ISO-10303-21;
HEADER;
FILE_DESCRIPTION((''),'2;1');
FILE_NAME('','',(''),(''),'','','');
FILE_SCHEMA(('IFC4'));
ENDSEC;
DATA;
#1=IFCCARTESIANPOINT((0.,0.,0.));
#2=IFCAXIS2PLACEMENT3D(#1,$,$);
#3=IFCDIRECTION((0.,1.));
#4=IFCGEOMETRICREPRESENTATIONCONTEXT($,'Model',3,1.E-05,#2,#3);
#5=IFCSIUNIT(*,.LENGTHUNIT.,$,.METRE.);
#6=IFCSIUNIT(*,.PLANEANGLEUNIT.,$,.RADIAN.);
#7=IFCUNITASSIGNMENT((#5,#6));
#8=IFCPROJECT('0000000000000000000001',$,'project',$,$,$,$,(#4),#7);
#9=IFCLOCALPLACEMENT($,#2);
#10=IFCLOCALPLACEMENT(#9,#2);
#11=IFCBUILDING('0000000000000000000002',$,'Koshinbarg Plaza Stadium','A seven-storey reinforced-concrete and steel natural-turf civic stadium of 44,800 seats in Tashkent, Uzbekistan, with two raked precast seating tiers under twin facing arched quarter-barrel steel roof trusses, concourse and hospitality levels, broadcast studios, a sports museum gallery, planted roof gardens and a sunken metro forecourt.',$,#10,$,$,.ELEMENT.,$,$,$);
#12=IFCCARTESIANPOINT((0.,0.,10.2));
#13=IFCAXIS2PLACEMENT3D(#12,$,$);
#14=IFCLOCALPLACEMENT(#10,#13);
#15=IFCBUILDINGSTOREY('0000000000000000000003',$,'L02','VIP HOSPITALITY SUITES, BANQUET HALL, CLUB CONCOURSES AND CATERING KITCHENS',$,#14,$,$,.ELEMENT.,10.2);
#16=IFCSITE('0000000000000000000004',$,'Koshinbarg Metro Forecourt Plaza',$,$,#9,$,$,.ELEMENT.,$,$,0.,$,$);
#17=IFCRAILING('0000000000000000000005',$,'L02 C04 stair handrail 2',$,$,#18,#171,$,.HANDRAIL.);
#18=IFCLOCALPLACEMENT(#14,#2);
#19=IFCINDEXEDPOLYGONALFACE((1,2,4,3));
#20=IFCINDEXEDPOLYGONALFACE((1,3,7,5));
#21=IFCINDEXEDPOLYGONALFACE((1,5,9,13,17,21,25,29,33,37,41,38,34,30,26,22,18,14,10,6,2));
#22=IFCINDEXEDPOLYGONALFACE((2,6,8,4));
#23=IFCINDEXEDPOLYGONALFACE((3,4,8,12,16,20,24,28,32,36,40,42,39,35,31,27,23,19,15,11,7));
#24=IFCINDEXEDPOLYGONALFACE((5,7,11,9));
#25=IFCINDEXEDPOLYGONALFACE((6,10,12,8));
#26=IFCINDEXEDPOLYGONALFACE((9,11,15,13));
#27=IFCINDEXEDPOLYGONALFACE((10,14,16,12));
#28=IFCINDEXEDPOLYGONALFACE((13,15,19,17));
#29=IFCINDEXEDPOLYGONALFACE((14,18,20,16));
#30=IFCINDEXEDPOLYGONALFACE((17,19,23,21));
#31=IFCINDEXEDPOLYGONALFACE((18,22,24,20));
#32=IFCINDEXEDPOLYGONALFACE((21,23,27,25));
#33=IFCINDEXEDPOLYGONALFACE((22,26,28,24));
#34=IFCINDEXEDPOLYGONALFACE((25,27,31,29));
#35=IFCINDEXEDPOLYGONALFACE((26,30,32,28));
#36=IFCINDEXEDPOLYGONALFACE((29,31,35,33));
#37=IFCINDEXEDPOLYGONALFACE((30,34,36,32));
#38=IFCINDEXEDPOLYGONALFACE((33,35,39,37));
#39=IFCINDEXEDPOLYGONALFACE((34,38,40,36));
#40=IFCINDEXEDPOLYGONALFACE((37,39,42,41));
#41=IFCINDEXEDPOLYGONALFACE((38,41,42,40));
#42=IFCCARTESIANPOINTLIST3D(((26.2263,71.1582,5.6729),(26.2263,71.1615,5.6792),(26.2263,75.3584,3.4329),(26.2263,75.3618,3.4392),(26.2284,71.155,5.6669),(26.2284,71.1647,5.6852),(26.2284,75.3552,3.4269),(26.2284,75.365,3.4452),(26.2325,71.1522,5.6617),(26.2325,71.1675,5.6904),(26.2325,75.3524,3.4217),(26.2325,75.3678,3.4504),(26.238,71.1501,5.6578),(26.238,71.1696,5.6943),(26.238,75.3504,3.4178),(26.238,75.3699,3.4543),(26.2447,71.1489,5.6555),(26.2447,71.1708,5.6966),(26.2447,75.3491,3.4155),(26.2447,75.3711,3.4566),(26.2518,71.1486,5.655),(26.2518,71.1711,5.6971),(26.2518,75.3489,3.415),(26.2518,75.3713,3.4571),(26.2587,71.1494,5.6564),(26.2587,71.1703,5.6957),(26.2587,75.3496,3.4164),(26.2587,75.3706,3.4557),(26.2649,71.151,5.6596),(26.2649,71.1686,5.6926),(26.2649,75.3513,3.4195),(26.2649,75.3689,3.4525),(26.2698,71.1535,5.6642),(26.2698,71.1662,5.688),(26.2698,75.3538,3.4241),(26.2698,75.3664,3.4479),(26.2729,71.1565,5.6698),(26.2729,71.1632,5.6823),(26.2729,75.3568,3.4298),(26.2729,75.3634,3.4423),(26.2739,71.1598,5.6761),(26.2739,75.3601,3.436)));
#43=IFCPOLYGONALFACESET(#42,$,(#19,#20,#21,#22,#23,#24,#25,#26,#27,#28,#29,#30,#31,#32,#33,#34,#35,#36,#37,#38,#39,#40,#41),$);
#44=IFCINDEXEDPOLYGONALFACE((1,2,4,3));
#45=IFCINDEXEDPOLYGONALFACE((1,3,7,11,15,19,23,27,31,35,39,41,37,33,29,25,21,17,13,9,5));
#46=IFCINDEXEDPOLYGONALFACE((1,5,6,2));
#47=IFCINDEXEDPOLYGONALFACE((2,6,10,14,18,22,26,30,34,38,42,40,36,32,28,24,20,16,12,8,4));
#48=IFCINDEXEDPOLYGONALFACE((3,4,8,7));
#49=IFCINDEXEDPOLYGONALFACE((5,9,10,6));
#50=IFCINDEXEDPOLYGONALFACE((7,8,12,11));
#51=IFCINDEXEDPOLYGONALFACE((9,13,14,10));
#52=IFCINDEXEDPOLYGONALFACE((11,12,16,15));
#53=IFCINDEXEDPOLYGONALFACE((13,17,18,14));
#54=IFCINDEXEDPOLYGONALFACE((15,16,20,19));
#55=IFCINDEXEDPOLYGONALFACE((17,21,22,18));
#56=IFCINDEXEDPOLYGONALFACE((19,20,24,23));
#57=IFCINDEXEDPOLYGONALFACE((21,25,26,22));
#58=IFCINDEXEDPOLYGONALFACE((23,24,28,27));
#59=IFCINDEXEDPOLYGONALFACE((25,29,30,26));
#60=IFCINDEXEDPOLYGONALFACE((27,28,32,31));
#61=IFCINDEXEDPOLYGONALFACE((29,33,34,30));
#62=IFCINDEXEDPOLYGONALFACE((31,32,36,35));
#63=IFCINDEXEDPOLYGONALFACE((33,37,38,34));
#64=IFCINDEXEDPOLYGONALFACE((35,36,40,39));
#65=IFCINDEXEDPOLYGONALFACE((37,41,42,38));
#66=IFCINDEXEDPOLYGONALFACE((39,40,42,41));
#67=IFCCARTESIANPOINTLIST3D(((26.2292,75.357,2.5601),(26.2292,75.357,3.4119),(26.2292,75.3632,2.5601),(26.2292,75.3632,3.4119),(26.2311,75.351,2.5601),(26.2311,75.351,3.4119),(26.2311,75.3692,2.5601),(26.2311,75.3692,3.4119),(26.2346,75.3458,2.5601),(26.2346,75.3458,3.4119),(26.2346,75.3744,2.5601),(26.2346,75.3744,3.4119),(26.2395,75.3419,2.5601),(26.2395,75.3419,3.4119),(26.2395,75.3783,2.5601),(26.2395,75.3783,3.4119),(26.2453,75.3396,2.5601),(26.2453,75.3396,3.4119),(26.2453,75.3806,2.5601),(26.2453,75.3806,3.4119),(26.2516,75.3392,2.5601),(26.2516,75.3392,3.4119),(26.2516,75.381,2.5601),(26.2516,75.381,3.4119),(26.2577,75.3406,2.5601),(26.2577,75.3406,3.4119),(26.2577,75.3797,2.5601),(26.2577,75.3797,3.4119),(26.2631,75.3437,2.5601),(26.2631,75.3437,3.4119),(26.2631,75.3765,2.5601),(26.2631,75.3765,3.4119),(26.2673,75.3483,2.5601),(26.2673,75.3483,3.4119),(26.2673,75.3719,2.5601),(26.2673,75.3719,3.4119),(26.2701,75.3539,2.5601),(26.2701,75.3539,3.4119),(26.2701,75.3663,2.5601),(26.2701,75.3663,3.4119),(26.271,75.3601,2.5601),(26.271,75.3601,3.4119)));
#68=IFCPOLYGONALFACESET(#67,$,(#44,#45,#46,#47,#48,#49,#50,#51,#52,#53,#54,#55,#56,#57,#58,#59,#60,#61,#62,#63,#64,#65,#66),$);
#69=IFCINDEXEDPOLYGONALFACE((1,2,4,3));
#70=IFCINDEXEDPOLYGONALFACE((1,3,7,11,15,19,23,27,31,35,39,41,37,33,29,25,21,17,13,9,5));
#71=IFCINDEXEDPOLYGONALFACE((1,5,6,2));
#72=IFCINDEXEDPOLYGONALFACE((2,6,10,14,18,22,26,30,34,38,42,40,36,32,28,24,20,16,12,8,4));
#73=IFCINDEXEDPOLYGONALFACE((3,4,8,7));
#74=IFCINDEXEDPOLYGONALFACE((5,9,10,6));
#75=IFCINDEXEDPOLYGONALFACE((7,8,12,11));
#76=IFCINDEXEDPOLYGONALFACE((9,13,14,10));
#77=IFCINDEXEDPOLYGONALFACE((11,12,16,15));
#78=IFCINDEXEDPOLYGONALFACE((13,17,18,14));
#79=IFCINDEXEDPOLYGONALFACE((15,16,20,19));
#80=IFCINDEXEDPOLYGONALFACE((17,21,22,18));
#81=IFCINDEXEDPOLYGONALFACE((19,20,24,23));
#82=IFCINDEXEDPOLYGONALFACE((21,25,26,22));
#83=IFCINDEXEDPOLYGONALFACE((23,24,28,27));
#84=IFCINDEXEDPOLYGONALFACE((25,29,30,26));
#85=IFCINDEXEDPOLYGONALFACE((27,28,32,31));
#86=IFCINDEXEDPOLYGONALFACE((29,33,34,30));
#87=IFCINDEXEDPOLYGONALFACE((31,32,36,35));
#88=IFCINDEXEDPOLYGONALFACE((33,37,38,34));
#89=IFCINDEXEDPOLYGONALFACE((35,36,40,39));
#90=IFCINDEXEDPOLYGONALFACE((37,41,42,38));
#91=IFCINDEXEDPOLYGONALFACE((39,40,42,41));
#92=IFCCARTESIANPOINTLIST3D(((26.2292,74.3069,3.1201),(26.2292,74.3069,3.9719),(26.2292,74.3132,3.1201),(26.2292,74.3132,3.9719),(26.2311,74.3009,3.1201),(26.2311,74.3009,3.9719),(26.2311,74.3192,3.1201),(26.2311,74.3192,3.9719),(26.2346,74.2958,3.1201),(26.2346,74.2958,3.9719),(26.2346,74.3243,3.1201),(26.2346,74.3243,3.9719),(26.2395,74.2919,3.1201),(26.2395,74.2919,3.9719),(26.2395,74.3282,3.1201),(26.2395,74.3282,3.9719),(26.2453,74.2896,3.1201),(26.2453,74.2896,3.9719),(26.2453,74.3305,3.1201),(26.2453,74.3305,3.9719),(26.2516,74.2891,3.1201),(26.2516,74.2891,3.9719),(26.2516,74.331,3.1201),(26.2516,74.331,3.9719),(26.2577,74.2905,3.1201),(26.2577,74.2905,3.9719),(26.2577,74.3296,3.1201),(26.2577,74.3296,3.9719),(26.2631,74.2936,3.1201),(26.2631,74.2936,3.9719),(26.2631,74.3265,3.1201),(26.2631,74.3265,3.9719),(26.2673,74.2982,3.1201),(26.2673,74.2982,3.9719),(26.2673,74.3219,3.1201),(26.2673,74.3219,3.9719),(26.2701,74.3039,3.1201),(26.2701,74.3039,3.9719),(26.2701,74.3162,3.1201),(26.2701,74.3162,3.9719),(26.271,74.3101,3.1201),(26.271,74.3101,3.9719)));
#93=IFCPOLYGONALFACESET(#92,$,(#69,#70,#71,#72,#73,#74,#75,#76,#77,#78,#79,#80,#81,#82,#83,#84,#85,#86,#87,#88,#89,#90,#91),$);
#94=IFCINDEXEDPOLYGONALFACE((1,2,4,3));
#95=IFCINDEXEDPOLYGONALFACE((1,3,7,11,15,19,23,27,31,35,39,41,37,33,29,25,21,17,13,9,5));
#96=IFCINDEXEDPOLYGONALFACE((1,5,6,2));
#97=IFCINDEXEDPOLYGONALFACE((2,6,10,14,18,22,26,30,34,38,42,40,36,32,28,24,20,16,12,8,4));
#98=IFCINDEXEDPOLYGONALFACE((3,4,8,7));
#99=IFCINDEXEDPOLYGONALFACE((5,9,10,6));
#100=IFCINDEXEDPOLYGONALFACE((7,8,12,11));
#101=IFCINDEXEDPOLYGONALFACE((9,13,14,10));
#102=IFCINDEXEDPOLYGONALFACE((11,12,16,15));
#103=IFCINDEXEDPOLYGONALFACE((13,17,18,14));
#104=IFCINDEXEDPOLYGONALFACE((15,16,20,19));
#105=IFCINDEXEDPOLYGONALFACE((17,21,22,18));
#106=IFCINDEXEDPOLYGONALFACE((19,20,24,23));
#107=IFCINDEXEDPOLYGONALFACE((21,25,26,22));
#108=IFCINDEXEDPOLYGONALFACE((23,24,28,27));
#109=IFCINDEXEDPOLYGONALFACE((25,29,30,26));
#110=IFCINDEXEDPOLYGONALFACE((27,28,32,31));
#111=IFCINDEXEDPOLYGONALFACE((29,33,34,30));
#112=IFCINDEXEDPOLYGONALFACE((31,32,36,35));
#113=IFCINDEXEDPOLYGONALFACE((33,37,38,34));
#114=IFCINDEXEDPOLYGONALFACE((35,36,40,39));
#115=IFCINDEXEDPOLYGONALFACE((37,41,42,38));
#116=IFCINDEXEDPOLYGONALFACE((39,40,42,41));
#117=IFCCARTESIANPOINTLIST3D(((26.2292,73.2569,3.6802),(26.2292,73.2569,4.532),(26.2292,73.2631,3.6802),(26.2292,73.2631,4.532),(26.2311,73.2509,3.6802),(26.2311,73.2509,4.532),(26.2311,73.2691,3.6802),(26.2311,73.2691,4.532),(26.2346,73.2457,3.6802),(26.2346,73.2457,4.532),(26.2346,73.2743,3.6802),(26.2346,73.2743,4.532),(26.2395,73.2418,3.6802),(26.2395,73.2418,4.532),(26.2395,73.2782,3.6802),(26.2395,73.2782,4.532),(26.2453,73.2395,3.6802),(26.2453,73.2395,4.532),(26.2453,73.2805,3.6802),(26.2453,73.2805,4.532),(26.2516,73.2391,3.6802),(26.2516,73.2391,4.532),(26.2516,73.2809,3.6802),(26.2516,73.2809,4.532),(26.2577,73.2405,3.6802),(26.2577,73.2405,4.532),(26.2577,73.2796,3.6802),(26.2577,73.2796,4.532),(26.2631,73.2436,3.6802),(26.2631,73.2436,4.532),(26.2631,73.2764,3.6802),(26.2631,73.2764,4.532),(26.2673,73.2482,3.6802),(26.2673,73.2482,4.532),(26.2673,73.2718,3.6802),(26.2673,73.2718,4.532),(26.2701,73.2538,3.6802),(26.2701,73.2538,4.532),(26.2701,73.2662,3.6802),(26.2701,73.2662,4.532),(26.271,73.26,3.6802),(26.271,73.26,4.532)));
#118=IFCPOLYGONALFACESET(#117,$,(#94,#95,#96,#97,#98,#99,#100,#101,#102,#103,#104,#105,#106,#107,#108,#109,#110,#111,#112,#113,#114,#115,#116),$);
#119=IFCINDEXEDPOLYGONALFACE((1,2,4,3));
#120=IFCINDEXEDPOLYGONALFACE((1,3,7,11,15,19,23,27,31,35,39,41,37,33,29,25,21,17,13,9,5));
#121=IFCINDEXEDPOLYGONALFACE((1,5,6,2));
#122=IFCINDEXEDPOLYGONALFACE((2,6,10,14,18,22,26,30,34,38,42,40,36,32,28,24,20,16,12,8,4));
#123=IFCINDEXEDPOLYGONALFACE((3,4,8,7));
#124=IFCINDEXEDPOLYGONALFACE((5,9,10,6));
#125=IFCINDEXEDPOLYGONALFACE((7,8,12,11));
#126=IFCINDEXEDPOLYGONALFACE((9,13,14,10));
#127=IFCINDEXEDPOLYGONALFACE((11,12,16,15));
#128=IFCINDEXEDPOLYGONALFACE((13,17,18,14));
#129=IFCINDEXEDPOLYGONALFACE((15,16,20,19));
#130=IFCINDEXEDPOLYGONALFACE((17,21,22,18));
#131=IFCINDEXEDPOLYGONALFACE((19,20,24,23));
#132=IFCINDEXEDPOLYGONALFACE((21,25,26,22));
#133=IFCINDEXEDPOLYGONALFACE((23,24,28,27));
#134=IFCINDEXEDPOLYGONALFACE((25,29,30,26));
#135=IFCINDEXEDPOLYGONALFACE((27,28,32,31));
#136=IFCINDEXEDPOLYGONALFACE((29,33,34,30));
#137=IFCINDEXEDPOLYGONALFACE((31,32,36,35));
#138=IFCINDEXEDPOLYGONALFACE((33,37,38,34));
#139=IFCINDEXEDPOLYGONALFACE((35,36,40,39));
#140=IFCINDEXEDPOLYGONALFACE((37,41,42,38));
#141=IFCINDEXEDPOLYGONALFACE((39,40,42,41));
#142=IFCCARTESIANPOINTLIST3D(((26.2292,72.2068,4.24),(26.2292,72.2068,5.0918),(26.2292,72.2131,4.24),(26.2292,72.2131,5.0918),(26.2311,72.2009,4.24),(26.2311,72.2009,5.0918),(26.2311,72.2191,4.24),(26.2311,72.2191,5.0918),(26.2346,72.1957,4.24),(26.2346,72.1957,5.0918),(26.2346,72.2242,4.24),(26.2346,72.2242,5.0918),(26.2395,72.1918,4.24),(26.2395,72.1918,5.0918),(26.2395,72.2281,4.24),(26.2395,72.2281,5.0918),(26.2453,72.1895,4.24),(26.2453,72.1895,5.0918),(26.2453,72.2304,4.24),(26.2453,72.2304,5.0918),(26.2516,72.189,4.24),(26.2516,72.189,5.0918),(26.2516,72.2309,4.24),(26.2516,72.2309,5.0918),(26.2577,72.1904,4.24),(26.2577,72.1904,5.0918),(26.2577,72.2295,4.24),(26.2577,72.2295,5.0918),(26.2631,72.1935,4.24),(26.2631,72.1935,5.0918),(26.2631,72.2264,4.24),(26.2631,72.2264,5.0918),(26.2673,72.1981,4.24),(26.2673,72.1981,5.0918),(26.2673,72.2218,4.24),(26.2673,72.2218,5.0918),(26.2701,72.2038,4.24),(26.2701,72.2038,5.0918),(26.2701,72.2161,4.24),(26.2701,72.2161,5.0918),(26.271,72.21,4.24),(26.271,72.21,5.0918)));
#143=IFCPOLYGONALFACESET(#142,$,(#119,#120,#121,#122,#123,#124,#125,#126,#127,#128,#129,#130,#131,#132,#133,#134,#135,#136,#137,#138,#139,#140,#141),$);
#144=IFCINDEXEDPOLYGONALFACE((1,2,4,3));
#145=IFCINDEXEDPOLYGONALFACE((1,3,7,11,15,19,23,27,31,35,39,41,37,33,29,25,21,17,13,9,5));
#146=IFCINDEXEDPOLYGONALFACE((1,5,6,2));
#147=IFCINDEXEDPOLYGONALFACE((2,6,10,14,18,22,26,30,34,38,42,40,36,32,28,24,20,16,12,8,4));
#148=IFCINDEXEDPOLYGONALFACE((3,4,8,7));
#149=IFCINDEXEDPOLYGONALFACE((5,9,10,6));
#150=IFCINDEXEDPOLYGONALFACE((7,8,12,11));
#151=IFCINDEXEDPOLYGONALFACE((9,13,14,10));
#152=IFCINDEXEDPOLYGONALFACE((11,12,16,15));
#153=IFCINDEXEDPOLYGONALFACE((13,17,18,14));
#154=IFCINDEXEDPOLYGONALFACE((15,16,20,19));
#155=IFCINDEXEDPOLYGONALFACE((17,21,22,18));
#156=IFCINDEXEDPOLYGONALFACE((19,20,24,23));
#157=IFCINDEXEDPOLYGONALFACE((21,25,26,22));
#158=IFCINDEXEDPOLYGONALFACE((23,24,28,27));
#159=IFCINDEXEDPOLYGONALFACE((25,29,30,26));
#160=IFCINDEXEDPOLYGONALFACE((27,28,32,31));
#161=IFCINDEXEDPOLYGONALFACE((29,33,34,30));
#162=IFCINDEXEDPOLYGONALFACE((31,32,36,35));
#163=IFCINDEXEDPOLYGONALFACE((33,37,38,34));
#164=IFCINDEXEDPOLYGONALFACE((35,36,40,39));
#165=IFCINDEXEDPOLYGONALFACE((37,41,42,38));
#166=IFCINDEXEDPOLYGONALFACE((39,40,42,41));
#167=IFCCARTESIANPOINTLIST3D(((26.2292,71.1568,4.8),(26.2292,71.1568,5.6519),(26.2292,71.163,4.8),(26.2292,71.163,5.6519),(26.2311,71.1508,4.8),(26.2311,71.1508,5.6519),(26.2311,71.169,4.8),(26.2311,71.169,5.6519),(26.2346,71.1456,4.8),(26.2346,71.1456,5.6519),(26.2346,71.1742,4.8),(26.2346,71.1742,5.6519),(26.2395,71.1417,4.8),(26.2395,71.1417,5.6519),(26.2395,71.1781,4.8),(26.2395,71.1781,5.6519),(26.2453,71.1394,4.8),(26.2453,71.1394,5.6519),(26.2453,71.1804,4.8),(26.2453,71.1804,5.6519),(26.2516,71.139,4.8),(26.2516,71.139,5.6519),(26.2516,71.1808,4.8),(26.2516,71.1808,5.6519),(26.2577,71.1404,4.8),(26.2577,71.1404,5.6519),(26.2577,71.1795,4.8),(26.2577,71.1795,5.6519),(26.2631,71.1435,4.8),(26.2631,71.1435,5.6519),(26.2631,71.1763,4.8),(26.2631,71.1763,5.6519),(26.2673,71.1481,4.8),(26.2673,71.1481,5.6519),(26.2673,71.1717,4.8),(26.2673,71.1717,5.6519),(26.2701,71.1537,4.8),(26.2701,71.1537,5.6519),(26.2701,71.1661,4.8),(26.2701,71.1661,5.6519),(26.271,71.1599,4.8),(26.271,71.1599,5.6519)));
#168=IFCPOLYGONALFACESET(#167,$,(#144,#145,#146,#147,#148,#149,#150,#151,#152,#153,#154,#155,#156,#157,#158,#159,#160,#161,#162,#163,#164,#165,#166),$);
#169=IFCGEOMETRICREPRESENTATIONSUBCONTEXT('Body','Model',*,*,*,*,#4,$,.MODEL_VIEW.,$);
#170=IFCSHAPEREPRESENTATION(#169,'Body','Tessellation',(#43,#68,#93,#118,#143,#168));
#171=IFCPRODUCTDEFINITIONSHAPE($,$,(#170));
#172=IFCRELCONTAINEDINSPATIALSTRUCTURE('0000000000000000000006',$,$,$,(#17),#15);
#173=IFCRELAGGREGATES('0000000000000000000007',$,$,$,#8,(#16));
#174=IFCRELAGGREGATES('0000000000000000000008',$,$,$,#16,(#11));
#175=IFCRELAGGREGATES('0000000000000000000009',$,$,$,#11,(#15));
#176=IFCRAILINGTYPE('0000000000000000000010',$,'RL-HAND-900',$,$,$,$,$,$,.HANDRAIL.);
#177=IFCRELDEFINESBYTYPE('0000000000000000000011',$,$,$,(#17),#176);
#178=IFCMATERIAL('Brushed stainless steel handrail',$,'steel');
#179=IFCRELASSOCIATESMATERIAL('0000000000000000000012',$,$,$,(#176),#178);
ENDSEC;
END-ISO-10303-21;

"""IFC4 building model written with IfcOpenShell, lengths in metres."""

from ifc_helpers import new_model, si_unit, direction, frame, origin, origin_2d, place, context, subcontext, project, spatial, circle, extrude, material, type_object, element, save


model = new_model("IFC4")

# Units and contexts
model_context = context("Model", 3, precision=1e-05, world=origin(), true_north=direction((0.0, 1.0)))
body_context = subcontext(model_context, "Body", "Model", "MODEL_VIEW")
ifc_project = project(units=[si_unit("LENGTHUNIT", "METRE"), si_unit("PLANEANGLEUNIT", "RADIAN")], contexts=[model_context])

# Site, building, storey
site_placement = place(None, origin())
site = spatial("IfcSite", under=ifc_project, at=site_placement, Name="Koshinbarg Metro Forecourt Plaza", CompositionType="ELEMENT", RefElevation=0.0)
building_placement = place(site_placement, origin())
building = spatial("IfcBuilding", under=site, at=building_placement, Name="Koshinbarg Plaza Stadium", Description="A seven-storey reinforced-concrete and steel natural-turf civic stadium of 44,800 seats in Tashkent, Uzbekistan, with two raked precast seating tiers under twin facing arched quarter-barrel steel roof trusses, concourse and hospitality levels, broadcast studios, a sports museum gallery, planted roof gardens and a sunken metro forecourt.", CompositionType="ELEMENT")
storey_placement = place(building_placement, frame((0.0, 0.0, 10.2)))
storey = spatial("IfcBuildingStorey", under=building, at=storey_placement, Name="L02", Description="VIP HOSPITALITY SUITES, BANQUET HALL, CLUB CONCOURSES AND CATERING KITCHENS", CompositionType="ELEMENT", Elevation=10.2)

# Railing
ifc_material_1 = material(Name="Brushed stainless steel handrail", Category="steel")
railing_type_1 = type_object("IfcRailingType", Name="RL-HAND-900", PredefinedType="HANDRAIL", material=ifc_material_1)
railing_1_placement = place(storey_placement, frame((26.25, 75.3601, 2.5601)))
element("IfcRailing", 1, at=railing_1_placement, inside=storey, type_object=railing_type_1, Name="L02 C04 stair handrail 2", PredefinedType="HANDRAIL", context=body_context, shape_type="SweptSolid", body=[
    extrude(circle(Radius=0.0239, at=origin_2d()), frame((0.0, 0.0, 0.876), z_axis=(0.0, -0.882363, 0.47057), x_axis=(1.0, 0.0, 0.0)), (0.0, 0.0, 1.0), 4.7603),
    extrude(circle(Radius=0.021, at=origin_2d()), origin(), (0.0, 0.0, 1.0), 0.8518),
    extrude(circle(Radius=0.021, at=origin_2d()), frame((0.0, -1.05, 0.5601)), (0.0, 0.0, 1.0), 0.8518),
    extrude(circle(Radius=0.021, at=origin_2d()), frame((0.0, -2.1001, 1.1201)), (0.0, 0.0, 1.0), 0.8518),
    extrude(circle(Radius=0.021, at=origin_2d()), frame((0.0, -3.1501, 1.6799)), (0.0, 0.0, 1.0), 0.8518),
    extrude(circle(Radius=0.021, at=origin_2d()), frame((0.0, -4.2002, 2.24)), (0.0, 0.0, 1.0), 0.8518),
])

save(model, "model.ifc")
